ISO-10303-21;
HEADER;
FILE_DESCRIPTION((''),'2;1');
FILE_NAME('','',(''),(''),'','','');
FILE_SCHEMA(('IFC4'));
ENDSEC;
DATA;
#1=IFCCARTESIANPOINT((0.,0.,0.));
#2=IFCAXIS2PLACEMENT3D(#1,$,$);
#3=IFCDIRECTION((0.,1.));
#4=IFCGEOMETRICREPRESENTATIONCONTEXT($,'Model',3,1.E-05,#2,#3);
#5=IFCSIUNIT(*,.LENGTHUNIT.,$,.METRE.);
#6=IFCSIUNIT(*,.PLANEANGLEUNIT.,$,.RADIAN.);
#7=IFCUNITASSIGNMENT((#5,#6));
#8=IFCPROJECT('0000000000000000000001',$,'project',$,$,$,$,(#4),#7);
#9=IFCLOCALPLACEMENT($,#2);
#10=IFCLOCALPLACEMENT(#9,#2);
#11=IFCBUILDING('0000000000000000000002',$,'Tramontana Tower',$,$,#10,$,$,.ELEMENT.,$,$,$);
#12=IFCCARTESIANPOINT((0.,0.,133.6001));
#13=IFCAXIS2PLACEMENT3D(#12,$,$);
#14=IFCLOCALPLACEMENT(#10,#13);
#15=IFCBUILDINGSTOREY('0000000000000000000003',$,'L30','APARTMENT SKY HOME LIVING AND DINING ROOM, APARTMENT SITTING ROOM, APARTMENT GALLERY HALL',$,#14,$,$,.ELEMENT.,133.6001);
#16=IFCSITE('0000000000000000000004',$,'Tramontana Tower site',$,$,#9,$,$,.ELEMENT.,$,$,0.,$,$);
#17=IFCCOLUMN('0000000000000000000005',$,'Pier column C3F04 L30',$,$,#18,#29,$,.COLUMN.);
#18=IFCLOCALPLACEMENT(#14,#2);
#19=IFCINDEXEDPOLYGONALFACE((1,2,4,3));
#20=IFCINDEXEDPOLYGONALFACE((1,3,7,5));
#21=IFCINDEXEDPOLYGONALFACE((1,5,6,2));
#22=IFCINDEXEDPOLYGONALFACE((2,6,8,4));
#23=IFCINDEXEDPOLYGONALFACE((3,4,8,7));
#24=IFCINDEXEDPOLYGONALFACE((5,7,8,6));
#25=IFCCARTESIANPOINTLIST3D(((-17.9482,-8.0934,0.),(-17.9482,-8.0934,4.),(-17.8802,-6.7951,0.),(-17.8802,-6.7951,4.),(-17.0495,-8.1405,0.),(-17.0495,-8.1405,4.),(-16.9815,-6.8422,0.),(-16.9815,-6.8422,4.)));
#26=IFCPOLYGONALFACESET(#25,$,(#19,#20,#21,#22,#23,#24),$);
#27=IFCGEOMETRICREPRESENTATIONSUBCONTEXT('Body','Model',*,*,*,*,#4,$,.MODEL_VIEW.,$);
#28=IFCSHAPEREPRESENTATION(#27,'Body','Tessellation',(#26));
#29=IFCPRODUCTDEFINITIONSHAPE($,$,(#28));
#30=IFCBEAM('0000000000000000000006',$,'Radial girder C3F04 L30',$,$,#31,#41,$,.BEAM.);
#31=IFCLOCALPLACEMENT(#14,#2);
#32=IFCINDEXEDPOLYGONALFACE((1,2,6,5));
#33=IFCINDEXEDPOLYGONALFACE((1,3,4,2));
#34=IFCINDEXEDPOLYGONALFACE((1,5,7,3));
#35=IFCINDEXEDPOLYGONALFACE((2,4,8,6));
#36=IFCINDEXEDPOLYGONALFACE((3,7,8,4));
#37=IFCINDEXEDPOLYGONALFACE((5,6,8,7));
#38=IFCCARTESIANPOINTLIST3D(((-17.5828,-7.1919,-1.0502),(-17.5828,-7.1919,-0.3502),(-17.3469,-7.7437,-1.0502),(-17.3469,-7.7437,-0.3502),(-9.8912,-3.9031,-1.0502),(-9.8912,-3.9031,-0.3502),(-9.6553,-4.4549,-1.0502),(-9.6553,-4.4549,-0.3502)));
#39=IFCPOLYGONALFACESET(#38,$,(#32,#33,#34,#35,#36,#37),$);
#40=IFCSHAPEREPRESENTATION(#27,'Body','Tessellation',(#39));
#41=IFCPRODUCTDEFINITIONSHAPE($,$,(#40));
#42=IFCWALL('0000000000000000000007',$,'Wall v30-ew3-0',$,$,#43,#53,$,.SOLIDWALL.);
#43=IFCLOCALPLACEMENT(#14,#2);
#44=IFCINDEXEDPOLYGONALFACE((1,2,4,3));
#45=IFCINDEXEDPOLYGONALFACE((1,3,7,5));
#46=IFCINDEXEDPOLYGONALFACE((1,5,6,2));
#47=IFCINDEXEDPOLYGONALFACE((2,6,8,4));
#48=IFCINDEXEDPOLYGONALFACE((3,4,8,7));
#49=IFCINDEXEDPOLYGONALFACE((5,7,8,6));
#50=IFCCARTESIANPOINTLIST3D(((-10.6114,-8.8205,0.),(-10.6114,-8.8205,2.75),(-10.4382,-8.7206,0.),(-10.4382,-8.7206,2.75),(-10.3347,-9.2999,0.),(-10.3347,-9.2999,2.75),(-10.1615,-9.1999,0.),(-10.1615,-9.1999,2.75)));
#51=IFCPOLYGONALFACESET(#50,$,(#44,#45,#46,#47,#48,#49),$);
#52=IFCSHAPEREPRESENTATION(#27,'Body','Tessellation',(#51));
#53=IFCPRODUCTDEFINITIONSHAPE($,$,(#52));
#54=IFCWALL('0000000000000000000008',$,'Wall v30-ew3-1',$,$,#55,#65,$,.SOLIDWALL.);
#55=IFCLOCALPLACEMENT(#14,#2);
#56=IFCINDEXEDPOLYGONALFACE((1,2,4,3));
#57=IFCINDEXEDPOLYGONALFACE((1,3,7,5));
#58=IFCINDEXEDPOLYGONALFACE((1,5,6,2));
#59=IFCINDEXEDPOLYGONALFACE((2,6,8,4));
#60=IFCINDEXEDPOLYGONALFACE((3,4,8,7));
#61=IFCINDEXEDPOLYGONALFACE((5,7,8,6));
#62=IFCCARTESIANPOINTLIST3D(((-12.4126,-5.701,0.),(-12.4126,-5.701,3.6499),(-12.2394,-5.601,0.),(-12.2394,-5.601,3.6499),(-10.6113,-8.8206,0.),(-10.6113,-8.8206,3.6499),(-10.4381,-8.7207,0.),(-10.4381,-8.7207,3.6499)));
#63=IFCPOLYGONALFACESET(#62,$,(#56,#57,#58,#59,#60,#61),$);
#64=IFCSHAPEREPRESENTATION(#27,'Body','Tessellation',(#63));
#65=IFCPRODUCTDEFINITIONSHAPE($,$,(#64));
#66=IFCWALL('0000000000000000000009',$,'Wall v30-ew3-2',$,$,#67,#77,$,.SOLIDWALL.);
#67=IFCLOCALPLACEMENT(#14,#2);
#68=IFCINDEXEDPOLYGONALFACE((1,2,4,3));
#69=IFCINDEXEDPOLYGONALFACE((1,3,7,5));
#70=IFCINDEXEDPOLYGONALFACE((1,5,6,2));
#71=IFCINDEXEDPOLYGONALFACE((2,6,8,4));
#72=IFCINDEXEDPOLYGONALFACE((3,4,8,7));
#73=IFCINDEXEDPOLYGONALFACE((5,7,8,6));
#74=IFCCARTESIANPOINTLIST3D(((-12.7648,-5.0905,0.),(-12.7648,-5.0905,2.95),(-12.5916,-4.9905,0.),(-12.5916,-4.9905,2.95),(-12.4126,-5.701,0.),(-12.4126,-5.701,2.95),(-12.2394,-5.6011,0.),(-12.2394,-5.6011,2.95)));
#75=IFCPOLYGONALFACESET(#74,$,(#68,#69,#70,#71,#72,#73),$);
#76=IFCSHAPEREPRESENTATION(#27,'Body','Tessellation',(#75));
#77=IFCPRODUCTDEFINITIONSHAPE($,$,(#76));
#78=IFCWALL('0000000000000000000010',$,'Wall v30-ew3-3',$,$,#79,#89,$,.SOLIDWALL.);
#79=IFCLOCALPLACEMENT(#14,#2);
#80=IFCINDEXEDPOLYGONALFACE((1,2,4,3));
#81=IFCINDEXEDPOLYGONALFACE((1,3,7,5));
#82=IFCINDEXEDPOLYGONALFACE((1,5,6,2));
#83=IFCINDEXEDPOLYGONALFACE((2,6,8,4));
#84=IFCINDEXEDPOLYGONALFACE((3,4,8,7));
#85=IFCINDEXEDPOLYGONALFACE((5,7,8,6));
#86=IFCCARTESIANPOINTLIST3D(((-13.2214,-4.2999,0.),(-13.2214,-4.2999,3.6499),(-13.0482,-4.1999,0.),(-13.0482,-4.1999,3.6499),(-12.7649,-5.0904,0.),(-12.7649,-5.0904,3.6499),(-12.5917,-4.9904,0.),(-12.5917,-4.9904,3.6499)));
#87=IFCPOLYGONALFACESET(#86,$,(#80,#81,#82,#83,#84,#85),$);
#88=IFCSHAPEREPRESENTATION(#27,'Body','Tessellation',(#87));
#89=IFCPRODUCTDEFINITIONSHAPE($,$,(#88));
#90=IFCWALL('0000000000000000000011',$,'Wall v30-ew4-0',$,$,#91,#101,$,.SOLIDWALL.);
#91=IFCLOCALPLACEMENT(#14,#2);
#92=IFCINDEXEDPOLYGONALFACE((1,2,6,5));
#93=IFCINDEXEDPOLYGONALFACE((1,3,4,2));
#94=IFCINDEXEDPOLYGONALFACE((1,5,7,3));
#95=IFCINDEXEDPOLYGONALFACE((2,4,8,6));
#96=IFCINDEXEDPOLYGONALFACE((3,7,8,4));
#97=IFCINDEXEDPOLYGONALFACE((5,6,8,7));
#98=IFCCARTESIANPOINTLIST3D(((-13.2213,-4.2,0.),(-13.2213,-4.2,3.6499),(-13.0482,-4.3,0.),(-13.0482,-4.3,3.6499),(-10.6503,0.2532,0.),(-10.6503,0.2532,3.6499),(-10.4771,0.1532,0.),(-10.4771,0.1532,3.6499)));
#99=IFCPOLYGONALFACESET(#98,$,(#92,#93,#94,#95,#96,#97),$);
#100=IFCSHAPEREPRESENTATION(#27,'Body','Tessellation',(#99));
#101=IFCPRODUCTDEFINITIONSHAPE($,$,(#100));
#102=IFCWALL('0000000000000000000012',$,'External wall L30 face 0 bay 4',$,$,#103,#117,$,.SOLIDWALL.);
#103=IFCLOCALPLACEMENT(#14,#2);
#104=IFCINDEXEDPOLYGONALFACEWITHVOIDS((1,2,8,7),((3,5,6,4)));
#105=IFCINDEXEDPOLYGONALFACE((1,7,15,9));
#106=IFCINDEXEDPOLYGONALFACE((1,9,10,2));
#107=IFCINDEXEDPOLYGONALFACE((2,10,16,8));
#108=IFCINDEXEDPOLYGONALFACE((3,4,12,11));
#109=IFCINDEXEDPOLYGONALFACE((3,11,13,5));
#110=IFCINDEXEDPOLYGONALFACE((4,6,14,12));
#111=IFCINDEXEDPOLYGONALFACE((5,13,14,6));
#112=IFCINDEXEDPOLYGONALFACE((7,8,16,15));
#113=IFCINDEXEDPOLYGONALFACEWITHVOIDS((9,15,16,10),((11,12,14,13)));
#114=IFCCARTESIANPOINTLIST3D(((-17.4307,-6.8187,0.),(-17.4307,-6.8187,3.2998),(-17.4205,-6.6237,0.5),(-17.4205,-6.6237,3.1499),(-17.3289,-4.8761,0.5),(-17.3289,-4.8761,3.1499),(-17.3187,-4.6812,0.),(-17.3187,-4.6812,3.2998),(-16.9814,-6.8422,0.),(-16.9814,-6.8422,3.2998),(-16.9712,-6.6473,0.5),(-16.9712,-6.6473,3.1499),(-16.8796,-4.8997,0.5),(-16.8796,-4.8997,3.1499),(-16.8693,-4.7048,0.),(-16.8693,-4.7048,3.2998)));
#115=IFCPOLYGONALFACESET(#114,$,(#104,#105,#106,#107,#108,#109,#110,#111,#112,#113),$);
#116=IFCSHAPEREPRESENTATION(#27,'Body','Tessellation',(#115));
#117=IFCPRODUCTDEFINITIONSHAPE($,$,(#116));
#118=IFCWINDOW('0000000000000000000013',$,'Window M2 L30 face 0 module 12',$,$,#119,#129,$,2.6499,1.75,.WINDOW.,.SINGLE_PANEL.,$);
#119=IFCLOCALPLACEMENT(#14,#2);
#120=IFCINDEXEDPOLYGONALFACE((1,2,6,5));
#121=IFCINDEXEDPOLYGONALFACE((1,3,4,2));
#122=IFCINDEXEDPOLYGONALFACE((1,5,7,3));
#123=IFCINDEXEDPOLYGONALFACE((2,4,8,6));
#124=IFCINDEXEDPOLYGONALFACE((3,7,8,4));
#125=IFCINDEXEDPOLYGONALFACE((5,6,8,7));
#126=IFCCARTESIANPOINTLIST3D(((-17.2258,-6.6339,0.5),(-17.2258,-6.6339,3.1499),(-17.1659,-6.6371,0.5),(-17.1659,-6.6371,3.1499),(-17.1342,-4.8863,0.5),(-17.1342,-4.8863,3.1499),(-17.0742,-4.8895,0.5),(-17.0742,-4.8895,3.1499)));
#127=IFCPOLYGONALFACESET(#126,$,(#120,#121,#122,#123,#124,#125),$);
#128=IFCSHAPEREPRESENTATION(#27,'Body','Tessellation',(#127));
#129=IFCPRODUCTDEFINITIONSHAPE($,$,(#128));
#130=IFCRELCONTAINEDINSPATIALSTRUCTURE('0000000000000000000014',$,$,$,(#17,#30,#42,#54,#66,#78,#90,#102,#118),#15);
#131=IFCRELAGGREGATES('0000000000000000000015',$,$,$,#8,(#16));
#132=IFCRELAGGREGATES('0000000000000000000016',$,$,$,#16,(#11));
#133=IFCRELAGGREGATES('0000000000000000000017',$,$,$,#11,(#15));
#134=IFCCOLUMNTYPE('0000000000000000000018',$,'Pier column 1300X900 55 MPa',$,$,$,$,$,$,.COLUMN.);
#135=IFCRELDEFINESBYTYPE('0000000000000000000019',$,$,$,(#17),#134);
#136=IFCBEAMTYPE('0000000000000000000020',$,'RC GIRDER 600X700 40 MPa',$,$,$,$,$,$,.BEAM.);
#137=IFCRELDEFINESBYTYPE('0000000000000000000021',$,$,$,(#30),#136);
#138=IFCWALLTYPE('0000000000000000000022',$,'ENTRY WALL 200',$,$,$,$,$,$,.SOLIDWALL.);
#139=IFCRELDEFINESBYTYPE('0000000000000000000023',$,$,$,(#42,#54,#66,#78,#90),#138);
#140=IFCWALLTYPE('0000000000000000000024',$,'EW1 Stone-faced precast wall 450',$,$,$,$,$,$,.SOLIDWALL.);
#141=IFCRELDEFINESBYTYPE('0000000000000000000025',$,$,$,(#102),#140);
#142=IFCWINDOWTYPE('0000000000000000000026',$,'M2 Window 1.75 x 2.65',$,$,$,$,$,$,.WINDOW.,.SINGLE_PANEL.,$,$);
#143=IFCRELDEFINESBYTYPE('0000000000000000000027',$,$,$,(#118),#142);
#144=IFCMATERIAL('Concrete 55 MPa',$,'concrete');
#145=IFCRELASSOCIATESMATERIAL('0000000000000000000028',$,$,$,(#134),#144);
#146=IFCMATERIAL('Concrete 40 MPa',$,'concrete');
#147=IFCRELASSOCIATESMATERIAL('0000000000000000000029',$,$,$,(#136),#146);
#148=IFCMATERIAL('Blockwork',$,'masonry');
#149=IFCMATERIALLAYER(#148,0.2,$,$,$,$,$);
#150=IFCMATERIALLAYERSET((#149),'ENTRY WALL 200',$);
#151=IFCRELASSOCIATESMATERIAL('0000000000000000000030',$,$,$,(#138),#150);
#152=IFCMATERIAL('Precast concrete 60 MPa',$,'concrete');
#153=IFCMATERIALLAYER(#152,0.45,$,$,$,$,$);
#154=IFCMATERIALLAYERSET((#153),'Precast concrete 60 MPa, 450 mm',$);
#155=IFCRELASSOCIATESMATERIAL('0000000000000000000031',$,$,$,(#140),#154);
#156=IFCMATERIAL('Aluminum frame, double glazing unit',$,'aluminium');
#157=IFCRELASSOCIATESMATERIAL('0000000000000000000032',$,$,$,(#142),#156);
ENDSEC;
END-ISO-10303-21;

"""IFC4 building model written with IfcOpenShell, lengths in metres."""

from ifc_helpers import new_model, si_unit, direction, frame, frame_2d, origin, origin_2d, place, context, subcontext, project, spatial, rectangle, extrude, material, layer, layer_set, material_profile, profile_set, type_object, element, fill, save


model = new_model("IFC4")

# Units and contexts
model_context = context("Model", 3, precision=1e-05, world=origin(), true_north=direction((0.0, 1.0)))
body_context = subcontext(model_context, "Body", "Model", "MODEL_VIEW")
ifc_project = project(units=[si_unit("LENGTHUNIT", "METRE"), si_unit("PLANEANGLEUNIT", "RADIAN")], contexts=[model_context])

# Site, building, storey
site_placement = place(None, origin())
site = spatial("IfcSite", under=ifc_project, at=site_placement, Name="Tramontana Tower site", CompositionType="ELEMENT", RefElevation=0.0)
building_placement = place(site_placement, origin())
building = spatial("IfcBuilding", under=site, at=building_placement, Name="Tramontana Tower", CompositionType="ELEMENT")
storey_placement = place(building_placement, frame((0.0, 0.0, 133.6001)))
storey = spatial("IfcBuildingStorey", under=building, at=storey_placement, Name="L30", Description="APARTMENT SKY HOME LIVING AND DINING ROOM, APARTMENT SITTING ROOM, APARTMENT GALLERY HALL", CompositionType="ELEMENT", Elevation=133.6001)

# Column
ifc_material_1 = material(Name="Concrete 55 MPa", Category="concrete")
ifc_material_profile_1 = material_profile(ifc_material_1, rectangle(XDim=1.3, YDim=0.8999, at=origin_2d()), Name="Pier column 1300X900 55 MPa")
ifc_profile_set_1 = profile_set([ifc_material_profile_1], Name="Concrete 55 MPa")
column_type = type_object("IfcColumnType", Name="Pier column 1300X900 55 MPa", PredefinedType="COLUMN", material=ifc_profile_set_1)
column_placement = place(storey_placement, frame((-17.4648, -7.4678, 0.0), z_axis=(0.0, 0.0, 1.0), x_axis=(-0.052336, -0.99863, 0.0)))
element("IfcColumn", 1, at=column_placement, inside=storey, type_object=column_type, Name="Pier column C3F04 L30", PredefinedType="COLUMN", context=body_context, shape_type="SweptSolid", body=[
    extrude(rectangle(XDim=1.3, YDim=0.8999, at=origin_2d()), origin(), (0.0, 0.0, 1.0), 4.0),
])

# Beam
ifc_material_2 = material(Name="Concrete 40 MPa", Category="concrete")
ifc_material_profile_2 = material_profile(ifc_material_2, rectangle(XDim=0.6001, YDim=0.7, at=origin_2d()), Name="RC GIRDER 600X700 40 MPa")
ifc_profile_set_2 = profile_set([ifc_material_profile_2], Name="Concrete 40 MPa")
beam_type = type_object("IfcBeamType", Name="RC GIRDER 600X700 40 MPa", PredefinedType="BEAM", material=ifc_profile_set_2)
beam_placement = place(storey_placement, frame((-17.4648, -7.4678, -0.7002), z_axis=(0.919474, 0.393151, 0.0), x_axis=(-0.393151, 0.919474, 0.0)))
element("IfcBeam", 2, at=beam_placement, inside=storey, type_object=beam_type, Name="Radial girder C3F04 L30", PredefinedType="BEAM", context=body_context, shape_type="SweptSolid", body=[
    extrude(rectangle(XDim=0.6001, YDim=0.7, at=origin_2d()), origin(), (0.0, 0.0, 1.0), 8.3652),
])

# Walls
ifc_material_3 = material(Name="Blockwork", Category="masonry")
ifc_layer_1 = layer(ifc_material_3, 0.2)
ifc_layer_set_1 = layer_set([ifc_layer_1], Name="ENTRY WALL 200")
wall_type_1 = type_object("IfcWallType", Name="ENTRY WALL 200", PredefinedType="SOLIDWALL", material=ifc_layer_set_1)
wall_1_placement = place(storey_placement, frame((-10.248, -9.25, 0.0), z_axis=(0.0, 0.0, 1.0), x_axis=(-0.499888, 0.86609, 0.0)))
element("IfcWall", 3, at=wall_1_placement, inside=storey, type_object=wall_type_1, Name="Wall v30-ew3-0", PredefinedType="SOLIDWALL", context=body_context, shape_type="SweptSolid", body=[
    extrude(rectangle(XDim=0.5535, YDim=0.2, at=frame_2d((0.2769, 0.0))), origin(), (0.0, 0.0, 1.0), 2.75),
])
wall_2_placement = place(storey_placement, frame((-10.5247, -8.7708, 0.0), z_axis=(0.0, 0.0, 1.0), x_axis=(-0.500031, 0.866007, 0.0)))
element("IfcWall", 4, at=wall_2_placement, inside=storey, type_object=wall_type_1, Name="Wall v30-ew3-1", PredefinedType="SOLIDWALL", context=body_context, shape_type="SweptSolid", body=[
    extrude(rectangle(XDim=3.6023, YDim=0.2, at=frame_2d((1.8013, 0.0))), origin(), (0.0, 0.0, 1.0), 3.6499),
])
wall_3_placement = place(storey_placement, frame((-12.3259, -5.6511, 0.0), z_axis=(0.0, 0.0, 1.0), x_axis=(-0.499752, 0.866168, 0.0)))
element("IfcWall", 5, at=wall_3_placement, inside=storey, type_object=wall_type_1, Name="Wall v30-ew3-2", PredefinedType="SOLIDWALL", context=body_context, shape_type="SweptSolid", body=[
    extrude(rectangle(XDim=0.7048, YDim=0.2, at=frame_2d((0.3525, 0.0))), origin(), (0.0, 0.0, 1.0), 2.95),
])
wall_4_placement = place(storey_placement, frame((-12.6782, -5.0405, 0.0), z_axis=(0.0, 0.0, 1.0), x_axis=(-0.500108, 0.865963, 0.0)))
element("IfcWall", 6, at=wall_4_placement, inside=storey, type_object=wall_type_1, Name="Wall v30-ew3-3", PredefinedType="SOLIDWALL", context=body_context, shape_type="SweptSolid", body=[
    extrude(rectangle(XDim=0.9128, YDim=0.2, at=frame_2d((0.4565, 0.0))), origin(), (0.0, 0.0, 1.0), 3.6499),
])
wall_5_placement = place(storey_placement, frame((-13.1348, -4.25, 0.0), z_axis=(0.0, 0.0, 1.0), x_axis=(0.500005, 0.866023, 0.0)))
element("IfcWall", 7, at=wall_5_placement, inside=storey, type_object=wall_type_1, Name="Wall v30-ew4-0", PredefinedType="SOLIDWALL", context=body_context, shape_type="SweptSolid", body=[
    extrude(rectangle(XDim=5.1421, YDim=0.2, at=frame_2d((2.571, 0.0))), origin(), (0.0, 0.0, 1.0), 3.6499),
])

# Wall, opening, window
ifc_material_4 = material(Name="Precast concrete 60 MPa", Category="concrete")
ifc_layer_2 = layer(ifc_material_4, 0.45)
ifc_layer_set_2 = layer_set([ifc_layer_2], Name="Precast concrete 60 MPa, 450 mm")
wall_type_2 = type_object("IfcWallType", Name="EW1 Stone-faced precast wall 450", PredefinedType="SOLIDWALL", material=ifc_layer_set_2)
wall_6_placement = place(storey_placement, frame((-17.094, -4.6929, 0.0), z_axis=(0.0, 0.0, 1.0), x_axis=(-0.052355, -0.998629, 0.0)))
wall_6 = element("IfcWall", 8, at=wall_6_placement, inside=storey, type_object=wall_type_2, Name="External wall L30 face 0 bay 4", PredefinedType="SOLIDWALL", context=body_context, shape_type="SweptSolid", body=[
    extrude(rectangle(XDim=2.1404, YDim=0.45, at=frame_2d((1.0703, 0.0))), origin(), (0.0, 0.0, 1.0), 3.2998),
])
opening_1_placement = place(wall_6_placement, frame((0.1953, 0.0, 0.5)))
opening_1 = element("IfcOpeningElement", 9, at=opening_1_placement, cuts=wall_6, PredefinedType="OPENING", context=body_context, shape_type="SweptSolid", body=[
    extrude(rectangle(XDim=1.75, YDim=2.6499, at=frame_2d((0.875, 1.325))), frame((0.0, 0.2349, 0.0), z_axis=(0.0, -1.0, 0.0), x_axis=(1.0, 0.0, 0.0)), (0.0, 0.0, 1.0), 0.47),
])
ifc_material_5 = material(Name="Aluminum frame, double glazing unit", Category="aluminium")
window_type_1 = type_object("IfcWindowType", Name="M2 Window 1.75 x 2.65", PartitioningType="SINGLE_PANEL", PredefinedType="WINDOW", material=ifc_material_5)
window_1_placement = place(opening_1_placement, origin())
window_1 = element("IfcWindow", 10, at=window_1_placement, inside=storey, type_object=window_type_1, Name="Window M2 L30 face 0 module 12", OverallHeight=2.6499, OverallWidth=1.75, PartitioningType="SINGLE_PANEL", PredefinedType="WINDOW", context=body_context, shape_type="SweptSolid", body=[
    extrude(rectangle(XDim=1.75, YDim=2.6499, at=frame_2d((0.875, 1.325))), frame((0.0, 0.03, 0.0), z_axis=(0.0, -1.0, 0.0), x_axis=(1.0, 0.0, 0.0)), (0.0, 0.0, 1.0), 0.0601),
])
fill(opening_1, window_1)

save(model, "model.ifc")
